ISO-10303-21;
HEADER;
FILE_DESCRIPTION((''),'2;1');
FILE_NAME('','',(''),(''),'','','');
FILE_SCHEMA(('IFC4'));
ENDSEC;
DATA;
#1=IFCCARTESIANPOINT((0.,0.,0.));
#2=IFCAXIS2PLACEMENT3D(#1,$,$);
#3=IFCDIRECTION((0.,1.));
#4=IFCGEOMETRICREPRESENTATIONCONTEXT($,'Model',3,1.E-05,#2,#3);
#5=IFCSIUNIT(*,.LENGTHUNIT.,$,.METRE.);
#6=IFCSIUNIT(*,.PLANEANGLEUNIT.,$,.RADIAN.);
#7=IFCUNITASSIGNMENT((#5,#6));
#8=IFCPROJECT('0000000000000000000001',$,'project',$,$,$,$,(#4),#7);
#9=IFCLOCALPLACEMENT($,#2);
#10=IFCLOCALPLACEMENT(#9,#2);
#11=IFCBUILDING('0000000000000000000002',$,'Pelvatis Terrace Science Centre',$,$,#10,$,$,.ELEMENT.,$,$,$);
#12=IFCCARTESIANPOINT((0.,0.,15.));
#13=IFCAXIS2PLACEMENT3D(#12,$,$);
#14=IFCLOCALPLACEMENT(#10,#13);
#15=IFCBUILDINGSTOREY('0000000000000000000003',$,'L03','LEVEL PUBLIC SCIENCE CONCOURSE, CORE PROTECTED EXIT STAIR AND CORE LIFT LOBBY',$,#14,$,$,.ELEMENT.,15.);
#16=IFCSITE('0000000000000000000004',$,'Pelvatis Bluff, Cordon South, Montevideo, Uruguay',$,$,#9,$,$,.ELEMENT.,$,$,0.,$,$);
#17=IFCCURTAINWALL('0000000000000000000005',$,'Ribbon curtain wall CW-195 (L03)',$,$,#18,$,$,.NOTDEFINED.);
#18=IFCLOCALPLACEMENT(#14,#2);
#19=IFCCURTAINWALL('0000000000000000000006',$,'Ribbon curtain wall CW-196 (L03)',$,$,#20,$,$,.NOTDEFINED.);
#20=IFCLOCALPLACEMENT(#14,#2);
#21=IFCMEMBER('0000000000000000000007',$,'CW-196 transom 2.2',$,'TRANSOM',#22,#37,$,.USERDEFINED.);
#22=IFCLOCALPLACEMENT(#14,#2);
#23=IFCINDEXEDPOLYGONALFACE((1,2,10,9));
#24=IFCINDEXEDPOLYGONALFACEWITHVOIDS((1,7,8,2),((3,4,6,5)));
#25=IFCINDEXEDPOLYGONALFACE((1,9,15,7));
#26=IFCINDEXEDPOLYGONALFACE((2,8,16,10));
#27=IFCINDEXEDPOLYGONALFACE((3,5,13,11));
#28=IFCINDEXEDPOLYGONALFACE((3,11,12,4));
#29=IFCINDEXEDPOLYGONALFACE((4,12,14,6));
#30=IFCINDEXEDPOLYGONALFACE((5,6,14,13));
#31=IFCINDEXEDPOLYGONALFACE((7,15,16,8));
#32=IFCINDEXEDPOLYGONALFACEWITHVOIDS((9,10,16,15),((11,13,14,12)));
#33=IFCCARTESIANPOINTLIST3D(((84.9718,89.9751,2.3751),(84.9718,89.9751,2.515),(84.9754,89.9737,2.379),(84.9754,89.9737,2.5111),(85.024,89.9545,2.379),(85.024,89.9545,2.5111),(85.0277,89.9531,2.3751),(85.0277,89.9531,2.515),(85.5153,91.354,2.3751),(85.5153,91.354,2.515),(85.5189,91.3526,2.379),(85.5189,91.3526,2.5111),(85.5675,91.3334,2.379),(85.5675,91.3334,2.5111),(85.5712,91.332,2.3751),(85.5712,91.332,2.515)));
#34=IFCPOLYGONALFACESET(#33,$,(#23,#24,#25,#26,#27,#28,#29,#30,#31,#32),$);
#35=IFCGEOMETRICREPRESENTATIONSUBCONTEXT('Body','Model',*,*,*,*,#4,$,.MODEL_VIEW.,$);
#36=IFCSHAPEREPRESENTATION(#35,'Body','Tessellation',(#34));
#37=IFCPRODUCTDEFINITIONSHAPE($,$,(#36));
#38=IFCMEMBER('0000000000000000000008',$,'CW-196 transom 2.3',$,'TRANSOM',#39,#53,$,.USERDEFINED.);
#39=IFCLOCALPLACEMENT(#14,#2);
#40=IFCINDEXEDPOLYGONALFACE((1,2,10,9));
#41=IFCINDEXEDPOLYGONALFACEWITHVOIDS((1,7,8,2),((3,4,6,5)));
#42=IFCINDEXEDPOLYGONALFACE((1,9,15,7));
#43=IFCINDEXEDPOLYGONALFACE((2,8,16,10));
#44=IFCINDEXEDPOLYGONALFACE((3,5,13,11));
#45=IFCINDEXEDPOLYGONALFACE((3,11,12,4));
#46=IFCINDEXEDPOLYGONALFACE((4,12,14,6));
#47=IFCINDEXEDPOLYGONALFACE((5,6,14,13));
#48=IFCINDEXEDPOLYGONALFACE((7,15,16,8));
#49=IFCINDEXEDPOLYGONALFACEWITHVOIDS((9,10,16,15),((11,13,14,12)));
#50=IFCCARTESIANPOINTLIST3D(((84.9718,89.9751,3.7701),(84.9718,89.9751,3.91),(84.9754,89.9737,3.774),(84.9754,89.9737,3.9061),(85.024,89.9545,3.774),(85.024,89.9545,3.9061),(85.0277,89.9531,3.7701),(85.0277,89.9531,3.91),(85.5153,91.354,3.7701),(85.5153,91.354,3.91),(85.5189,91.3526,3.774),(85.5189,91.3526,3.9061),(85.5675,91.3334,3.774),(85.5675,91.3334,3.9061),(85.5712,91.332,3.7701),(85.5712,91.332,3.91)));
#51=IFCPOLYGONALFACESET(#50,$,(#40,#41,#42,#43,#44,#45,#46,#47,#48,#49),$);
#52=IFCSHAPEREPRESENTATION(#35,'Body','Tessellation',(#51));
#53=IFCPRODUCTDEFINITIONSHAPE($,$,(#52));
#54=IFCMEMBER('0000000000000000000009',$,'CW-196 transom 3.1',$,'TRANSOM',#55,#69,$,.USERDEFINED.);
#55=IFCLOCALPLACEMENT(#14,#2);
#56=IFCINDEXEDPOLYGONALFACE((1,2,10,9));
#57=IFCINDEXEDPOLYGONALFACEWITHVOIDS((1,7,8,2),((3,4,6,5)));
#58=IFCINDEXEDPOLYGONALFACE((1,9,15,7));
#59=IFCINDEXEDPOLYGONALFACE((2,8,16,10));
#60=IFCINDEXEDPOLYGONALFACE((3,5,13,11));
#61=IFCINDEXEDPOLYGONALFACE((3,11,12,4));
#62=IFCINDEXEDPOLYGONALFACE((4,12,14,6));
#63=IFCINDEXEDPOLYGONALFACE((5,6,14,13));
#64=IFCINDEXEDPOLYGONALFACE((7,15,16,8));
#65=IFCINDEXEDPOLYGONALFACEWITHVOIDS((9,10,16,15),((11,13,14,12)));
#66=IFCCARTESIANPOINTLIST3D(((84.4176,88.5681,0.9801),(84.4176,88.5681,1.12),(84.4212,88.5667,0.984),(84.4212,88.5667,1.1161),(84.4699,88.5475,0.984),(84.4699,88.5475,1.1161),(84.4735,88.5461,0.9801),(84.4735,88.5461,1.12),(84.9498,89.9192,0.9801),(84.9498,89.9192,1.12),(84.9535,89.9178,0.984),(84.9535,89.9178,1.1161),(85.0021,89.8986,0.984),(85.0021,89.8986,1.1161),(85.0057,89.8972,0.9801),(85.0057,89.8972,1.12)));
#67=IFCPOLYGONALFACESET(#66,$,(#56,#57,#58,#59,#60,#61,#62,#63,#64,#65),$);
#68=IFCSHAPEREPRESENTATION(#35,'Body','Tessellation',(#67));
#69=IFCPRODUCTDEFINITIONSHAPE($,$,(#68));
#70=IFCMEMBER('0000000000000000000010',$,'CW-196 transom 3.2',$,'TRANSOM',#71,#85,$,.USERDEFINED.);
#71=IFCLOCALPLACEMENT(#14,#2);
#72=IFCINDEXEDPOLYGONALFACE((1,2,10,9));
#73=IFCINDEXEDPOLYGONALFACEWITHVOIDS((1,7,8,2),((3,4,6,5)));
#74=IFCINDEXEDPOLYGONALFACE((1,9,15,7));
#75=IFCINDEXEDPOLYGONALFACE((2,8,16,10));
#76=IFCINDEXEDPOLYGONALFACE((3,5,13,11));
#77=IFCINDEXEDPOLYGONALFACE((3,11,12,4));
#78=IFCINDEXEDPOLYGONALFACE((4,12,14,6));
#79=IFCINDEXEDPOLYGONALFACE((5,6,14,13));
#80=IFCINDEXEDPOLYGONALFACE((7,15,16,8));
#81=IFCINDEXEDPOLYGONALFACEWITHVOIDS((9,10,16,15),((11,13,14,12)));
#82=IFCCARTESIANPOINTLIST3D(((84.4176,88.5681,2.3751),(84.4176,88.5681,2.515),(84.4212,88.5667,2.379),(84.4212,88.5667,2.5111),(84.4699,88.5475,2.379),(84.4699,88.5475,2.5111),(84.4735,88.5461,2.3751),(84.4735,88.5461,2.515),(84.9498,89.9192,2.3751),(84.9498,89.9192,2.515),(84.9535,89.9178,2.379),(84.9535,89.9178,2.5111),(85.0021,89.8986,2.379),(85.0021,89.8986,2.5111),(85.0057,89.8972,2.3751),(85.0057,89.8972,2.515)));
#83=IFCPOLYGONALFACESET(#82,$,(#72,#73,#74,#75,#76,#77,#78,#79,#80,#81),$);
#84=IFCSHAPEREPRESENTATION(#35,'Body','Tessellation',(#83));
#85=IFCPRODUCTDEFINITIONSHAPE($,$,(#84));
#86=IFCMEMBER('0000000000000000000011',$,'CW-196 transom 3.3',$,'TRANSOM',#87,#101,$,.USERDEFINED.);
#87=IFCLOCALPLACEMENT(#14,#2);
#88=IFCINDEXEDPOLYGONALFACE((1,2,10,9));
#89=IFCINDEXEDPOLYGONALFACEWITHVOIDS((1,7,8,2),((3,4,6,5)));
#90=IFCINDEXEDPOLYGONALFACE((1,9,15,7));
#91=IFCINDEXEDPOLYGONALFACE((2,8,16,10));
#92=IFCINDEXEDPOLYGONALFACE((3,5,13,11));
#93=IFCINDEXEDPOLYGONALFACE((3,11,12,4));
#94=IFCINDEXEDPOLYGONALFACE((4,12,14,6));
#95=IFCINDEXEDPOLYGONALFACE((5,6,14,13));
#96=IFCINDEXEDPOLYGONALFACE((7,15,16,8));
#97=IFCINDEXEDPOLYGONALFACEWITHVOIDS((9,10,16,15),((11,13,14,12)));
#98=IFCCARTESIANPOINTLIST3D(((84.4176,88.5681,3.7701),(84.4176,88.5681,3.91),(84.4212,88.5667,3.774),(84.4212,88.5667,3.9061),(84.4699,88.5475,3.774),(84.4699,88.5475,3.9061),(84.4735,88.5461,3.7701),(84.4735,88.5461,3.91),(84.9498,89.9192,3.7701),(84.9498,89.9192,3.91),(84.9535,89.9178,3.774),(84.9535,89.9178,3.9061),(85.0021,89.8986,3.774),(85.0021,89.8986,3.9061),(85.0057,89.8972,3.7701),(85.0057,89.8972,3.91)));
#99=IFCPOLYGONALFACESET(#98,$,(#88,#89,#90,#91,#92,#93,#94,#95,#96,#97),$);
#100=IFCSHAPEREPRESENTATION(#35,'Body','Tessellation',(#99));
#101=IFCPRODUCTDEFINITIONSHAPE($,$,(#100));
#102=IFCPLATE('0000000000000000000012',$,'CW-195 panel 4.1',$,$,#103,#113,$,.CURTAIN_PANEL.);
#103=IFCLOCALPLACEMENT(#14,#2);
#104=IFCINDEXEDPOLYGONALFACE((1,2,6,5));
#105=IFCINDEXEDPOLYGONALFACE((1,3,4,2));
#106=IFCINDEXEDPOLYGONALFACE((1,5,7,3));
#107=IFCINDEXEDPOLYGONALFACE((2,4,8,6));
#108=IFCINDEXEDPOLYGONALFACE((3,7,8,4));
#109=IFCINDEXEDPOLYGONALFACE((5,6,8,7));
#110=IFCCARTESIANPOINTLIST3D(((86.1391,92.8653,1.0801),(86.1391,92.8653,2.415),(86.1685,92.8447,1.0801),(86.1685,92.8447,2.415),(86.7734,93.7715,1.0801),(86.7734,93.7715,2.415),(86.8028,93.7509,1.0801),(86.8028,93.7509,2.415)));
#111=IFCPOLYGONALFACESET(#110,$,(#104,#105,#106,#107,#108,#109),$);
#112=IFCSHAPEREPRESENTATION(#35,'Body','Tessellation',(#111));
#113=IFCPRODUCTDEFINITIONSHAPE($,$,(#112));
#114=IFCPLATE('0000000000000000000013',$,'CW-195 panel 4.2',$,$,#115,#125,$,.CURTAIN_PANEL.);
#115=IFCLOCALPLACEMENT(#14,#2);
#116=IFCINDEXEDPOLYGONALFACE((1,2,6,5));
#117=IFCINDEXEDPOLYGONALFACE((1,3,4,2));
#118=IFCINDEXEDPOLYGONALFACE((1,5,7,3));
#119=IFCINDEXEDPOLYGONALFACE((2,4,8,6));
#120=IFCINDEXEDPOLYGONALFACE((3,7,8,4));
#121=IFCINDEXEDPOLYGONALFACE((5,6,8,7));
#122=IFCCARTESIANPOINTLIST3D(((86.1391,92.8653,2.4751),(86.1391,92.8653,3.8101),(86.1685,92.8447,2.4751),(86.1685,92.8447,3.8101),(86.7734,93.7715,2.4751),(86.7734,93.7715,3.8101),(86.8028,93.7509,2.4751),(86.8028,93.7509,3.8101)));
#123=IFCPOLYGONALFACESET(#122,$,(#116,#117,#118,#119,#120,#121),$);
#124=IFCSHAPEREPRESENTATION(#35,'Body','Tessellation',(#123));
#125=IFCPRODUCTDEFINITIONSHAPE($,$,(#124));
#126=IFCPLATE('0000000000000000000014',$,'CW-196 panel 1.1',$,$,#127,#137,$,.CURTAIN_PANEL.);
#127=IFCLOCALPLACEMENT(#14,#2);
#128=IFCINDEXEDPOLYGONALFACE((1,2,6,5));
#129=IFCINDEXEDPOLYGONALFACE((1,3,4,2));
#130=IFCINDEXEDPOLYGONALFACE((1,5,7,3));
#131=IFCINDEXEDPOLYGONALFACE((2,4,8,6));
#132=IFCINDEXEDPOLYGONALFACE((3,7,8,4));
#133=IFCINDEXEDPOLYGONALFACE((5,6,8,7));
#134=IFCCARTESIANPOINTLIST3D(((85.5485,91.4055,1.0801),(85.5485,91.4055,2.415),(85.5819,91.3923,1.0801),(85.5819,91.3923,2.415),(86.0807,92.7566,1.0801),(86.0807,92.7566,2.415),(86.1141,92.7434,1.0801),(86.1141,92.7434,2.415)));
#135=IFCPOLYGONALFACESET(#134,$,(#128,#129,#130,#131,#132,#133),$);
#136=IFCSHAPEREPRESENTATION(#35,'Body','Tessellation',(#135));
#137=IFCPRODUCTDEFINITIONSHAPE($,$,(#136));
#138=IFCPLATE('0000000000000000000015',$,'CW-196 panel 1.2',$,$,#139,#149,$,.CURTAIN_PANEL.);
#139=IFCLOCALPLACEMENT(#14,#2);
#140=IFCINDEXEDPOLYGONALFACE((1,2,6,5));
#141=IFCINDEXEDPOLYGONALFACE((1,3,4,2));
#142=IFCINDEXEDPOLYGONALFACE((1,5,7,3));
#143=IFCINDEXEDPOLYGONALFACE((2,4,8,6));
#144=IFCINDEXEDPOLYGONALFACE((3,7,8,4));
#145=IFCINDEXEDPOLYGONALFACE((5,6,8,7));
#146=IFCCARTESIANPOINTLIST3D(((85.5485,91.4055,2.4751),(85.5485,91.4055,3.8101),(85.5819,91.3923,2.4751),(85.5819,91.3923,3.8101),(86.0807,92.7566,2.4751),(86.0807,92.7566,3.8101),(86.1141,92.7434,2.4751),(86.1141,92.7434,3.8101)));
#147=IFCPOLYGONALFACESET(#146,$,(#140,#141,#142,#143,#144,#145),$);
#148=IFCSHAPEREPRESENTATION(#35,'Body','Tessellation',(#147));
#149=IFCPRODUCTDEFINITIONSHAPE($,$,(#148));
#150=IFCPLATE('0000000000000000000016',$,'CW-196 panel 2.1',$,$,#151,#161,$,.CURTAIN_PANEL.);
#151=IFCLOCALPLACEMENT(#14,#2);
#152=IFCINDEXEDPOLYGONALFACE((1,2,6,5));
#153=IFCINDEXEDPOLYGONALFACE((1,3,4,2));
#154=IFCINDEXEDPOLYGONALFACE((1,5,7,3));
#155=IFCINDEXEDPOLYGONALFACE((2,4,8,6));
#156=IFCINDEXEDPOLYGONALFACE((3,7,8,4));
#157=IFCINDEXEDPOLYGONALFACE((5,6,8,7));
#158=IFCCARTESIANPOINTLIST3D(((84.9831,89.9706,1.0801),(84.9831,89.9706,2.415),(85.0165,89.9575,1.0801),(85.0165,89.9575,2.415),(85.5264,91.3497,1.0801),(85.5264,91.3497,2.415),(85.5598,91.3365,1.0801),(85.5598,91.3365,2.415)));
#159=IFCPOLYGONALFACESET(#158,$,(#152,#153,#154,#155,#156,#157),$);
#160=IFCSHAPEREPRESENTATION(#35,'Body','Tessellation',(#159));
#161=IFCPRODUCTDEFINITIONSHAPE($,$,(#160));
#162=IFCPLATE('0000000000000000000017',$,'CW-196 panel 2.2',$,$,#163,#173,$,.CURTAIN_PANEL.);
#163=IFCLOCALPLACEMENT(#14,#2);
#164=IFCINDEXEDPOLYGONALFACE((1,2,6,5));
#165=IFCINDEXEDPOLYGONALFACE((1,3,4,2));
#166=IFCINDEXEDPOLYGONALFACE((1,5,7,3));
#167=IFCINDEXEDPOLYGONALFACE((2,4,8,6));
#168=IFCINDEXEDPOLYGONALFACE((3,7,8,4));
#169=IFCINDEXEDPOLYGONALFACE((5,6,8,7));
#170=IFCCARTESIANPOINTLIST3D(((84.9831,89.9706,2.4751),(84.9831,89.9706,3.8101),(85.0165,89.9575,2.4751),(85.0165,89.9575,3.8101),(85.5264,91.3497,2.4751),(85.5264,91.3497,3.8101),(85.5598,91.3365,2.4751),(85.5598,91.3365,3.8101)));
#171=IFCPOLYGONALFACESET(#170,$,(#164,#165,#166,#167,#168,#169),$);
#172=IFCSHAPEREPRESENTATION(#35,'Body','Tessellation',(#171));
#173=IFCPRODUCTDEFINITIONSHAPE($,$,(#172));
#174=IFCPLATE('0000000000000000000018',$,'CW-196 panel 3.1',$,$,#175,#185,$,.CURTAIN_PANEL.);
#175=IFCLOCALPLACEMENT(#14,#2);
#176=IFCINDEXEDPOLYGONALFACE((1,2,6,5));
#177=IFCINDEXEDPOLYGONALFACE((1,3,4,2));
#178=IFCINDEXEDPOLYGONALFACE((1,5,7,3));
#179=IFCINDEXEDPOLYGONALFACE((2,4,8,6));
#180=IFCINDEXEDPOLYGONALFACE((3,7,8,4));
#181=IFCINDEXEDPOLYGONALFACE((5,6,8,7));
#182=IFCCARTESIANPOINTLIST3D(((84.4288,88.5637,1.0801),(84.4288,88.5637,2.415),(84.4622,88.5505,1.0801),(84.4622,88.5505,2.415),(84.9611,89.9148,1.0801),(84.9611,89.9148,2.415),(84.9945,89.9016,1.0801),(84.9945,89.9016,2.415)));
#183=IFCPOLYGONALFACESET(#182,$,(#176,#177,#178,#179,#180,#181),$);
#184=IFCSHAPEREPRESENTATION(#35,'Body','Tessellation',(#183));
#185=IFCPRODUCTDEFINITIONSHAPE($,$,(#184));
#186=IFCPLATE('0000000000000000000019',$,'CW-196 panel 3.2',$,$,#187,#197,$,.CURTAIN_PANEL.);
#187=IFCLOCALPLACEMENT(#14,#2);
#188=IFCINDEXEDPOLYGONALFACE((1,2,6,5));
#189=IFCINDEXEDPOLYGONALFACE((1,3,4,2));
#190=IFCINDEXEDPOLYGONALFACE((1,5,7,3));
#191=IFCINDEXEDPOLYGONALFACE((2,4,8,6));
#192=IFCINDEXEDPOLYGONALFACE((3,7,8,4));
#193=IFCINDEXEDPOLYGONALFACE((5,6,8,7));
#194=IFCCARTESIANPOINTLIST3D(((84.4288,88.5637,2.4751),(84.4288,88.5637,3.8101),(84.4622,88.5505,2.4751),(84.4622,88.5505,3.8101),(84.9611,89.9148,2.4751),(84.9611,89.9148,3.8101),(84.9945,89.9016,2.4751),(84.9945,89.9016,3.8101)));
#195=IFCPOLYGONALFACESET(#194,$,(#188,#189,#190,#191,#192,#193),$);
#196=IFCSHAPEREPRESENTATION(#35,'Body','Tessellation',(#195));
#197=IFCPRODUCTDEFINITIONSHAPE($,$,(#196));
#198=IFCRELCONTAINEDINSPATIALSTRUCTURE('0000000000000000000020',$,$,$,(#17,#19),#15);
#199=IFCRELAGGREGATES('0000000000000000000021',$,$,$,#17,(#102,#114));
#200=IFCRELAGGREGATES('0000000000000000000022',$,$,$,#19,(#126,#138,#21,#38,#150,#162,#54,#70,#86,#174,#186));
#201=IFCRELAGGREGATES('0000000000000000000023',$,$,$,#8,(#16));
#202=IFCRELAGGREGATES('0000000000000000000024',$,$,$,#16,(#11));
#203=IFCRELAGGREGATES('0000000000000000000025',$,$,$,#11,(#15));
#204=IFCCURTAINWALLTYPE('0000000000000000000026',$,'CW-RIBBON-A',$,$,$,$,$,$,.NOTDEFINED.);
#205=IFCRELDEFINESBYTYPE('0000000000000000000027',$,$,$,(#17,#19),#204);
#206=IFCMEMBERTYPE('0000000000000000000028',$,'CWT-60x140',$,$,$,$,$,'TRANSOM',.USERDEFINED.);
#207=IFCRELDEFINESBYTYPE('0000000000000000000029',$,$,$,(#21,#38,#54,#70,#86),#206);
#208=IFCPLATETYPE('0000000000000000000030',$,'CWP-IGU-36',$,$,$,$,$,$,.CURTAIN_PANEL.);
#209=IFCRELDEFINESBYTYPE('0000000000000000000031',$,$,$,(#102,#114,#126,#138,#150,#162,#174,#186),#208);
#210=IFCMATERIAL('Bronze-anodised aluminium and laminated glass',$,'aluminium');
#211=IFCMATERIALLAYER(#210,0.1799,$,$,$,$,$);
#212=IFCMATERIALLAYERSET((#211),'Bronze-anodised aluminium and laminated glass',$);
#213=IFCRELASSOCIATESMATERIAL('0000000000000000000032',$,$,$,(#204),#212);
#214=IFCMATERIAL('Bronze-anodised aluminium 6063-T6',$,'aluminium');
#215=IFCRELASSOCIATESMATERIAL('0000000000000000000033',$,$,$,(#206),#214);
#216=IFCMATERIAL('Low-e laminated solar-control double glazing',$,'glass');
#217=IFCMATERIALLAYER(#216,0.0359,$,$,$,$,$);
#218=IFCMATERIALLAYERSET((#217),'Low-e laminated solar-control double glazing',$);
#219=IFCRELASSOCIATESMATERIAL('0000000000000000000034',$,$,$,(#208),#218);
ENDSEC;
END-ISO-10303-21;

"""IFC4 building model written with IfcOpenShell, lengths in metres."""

from ifc_helpers import new_model, si_unit, direction, frame, origin, origin_2d, place, context, subcontext, project, spatial, rectangle, hollow_rectangle, extrude, material, layer, layer_set, material_profile, profile_set, type_object, element, aggregate, save


model = new_model("IFC4")

# Units and contexts
model_context = context("Model", 3, precision=1e-05, world=origin(), true_north=direction((0.0, 1.0)))
body_context = subcontext(model_context, "Body", "Model", "MODEL_VIEW")
ifc_project = project(units=[si_unit("LENGTHUNIT", "METRE"), si_unit("PLANEANGLEUNIT", "RADIAN")], contexts=[model_context])

# Site, building, storey
site_placement = place(None, origin())
site = spatial("IfcSite", under=ifc_project, at=site_placement, Name="Pelvatis Bluff, Cordon South, Montevideo, Uruguay", CompositionType="ELEMENT", RefElevation=0.0)
building_placement = place(site_placement, origin())
building = spatial("IfcBuilding", under=site, at=building_placement, Name="Pelvatis Terrace Science Centre", CompositionType="ELEMENT")
storey_placement = place(building_placement, frame((0.0, 0.0, 15.0)))
storey = spatial("IfcBuildingStorey", under=building, at=storey_placement, Name="L03", Description="LEVEL PUBLIC SCIENCE CONCOURSE, CORE PROTECTED EXIT STAIR AND CORE LIFT LOBBY", CompositionType="ELEMENT", Elevation=15.0)

# Curtain wall
ifc_material_1 = material(Name="Bronze-anodised aluminium and laminated glass", Category="aluminium")
ifc_layer_1 = layer(ifc_material_1, 0.1799)
ifc_layer_set_1 = layer_set([ifc_layer_1], Name="Bronze-anodised aluminium and laminated glass")
curtain_wall_type = type_object("IfcCurtainWallType", Name="CW-RIBBON-A", PredefinedType="NOTDEFINED", material=ifc_layer_set_1)
curtain_wall_1_placement = place(storey_placement, origin())
curtain_wall_1 = element("IfcCurtainWall", 1, at=curtain_wall_1_placement, inside=storey, type_object=curtain_wall_type, Name="Ribbon curtain wall CW-195 (L03)", PredefinedType="NOTDEFINED")

# Curtain wall
curtain_wall_2_placement = place(storey_placement, origin())
curtain_wall_2 = element("IfcCurtainWall", 2, at=curtain_wall_2_placement, inside=storey, type_object=curtain_wall_type, Name="Ribbon curtain wall CW-196 (L03)", PredefinedType="NOTDEFINED")

# Members
ifc_material_2 = material(Name="Bronze-anodised aluminium 6063-T6", Category="aluminium")
ifc_material_profile_1 = material_profile(ifc_material_2, hollow_rectangle(XDim=0.0601, YDim=0.1399, WallThickness=0.0039, at=origin_2d()), Name="ALU-TRN 60x140")
ifc_profile_set_1 = profile_set([ifc_material_profile_1], Name="Bronze-anodised aluminium 6063-T6")
member_type_1 = type_object("IfcMemberType", Name="CWT-60x140", ElementType="TRANSOM", PredefinedType="USERDEFINED", material=ifc_profile_set_1)
member_1_placement = place(storey_placement, frame((85.5432, 91.343, 2.4451), z_axis=(-0.366671, -0.930351, 0.0), x_axis=(0.930351, -0.366671, 0.0)))
member_1 = element("IfcMember", 3, at=member_1_placement, type_object=member_type_1, Name="CW-196 transom 2.2", ObjectType="TRANSOM", PredefinedType="USERDEFINED", context=body_context, shape_type="SweptSolid", body=[
    extrude(hollow_rectangle(XDim=0.0601, YDim=0.1399, WallThickness=0.0039, at=origin_2d()), origin(), (0.0, 0.0, 1.0), 1.4822),
])
member_2_placement = place(storey_placement, frame((85.5432, 91.343, 3.8401), z_axis=(-0.366671, -0.930351, 0.0), x_axis=(0.930351, -0.366671, 0.0)))
member_2 = element("IfcMember", 4, at=member_2_placement, type_object=member_type_1, Name="CW-196 transom 2.3", ObjectType="TRANSOM", PredefinedType="USERDEFINED", context=body_context, shape_type="SweptSolid", body=[
    extrude(hollow_rectangle(XDim=0.0601, YDim=0.1399, WallThickness=0.0039, at=origin_2d()), origin(), (0.0, 0.0, 1.0), 1.4822),
])
member_3_placement = place(storey_placement, frame((84.9778, 89.9082, 1.05), z_axis=(-0.366516, -0.930412, 0.0), x_axis=(0.930412, -0.366516, 0.0)))
member_3 = element("IfcMember", 5, at=member_3_placement, type_object=member_type_1, Name="CW-196 transom 3.1", ObjectType="TRANSOM", PredefinedType="USERDEFINED", context=body_context, shape_type="SweptSolid", body=[
    extrude(hollow_rectangle(XDim=0.0601, YDim=0.1399, WallThickness=0.0039, at=origin_2d()), origin(), (0.0, 0.0, 1.0), 1.4521),
])
member_4_placement = place(storey_placement, frame((84.9778, 89.9082, 2.4451), z_axis=(-0.366516, -0.930412, 0.0), x_axis=(0.930412, -0.366516, 0.0)))
member_4 = element("IfcMember", 6, at=member_4_placement, type_object=member_type_1, Name="CW-196 transom 3.2", ObjectType="TRANSOM", PredefinedType="USERDEFINED", context=body_context, shape_type="SweptSolid", body=[
    extrude(hollow_rectangle(XDim=0.0601, YDim=0.1399, WallThickness=0.0039, at=origin_2d()), origin(), (0.0, 0.0, 1.0), 1.4521),
])
member_5_placement = place(storey_placement, frame((84.9778, 89.9082, 3.8401), z_axis=(-0.366516, -0.930412, 0.0), x_axis=(0.930412, -0.366516, 0.0)))
member_5 = element("IfcMember", 7, at=member_5_placement, type_object=member_type_1, Name="CW-196 transom 3.3", ObjectType="TRANSOM", PredefinedType="USERDEFINED", context=body_context, shape_type="SweptSolid", body=[
    extrude(hollow_rectangle(XDim=0.0601, YDim=0.1399, WallThickness=0.0039, at=origin_2d()), origin(), (0.0, 0.0, 1.0), 1.4521),
])

# Plates
ifc_material_3 = material(Name="Low-e laminated solar-control double glazing", Category="glass")
ifc_layer_2 = layer(ifc_material_3, 0.0359)
ifc_layer_set_2 = layer_set([ifc_layer_2], Name="Low-e laminated solar-control double glazing")
plate_type = type_object("IfcPlateType", Name="CWP-IGU-36", PredefinedType="CURTAIN_PANEL", material=ifc_layer_set_2)
plate_1_placement = place(storey_placement, frame((86.4709, 93.3081, 1.0801), z_axis=(0.0, 0.0, 1.0), x_axis=(-0.573468, -0.819228, 0.0)))
plate_1 = element("IfcPlate", 8, at=plate_1_placement, type_object=plate_type, Name="CW-195 panel 4.1", PredefinedType="CURTAIN_PANEL", context=body_context, shape_type="SweptSolid", body=[
    extrude(rectangle(XDim=1.1062, YDim=0.0359, at=origin_2d()), origin(), (0.0, 0.0, 1.0), 1.335),
])
plate_2_placement = place(storey_placement, frame((86.4709, 93.3081, 2.4751), z_axis=(0.0, 0.0, 1.0), x_axis=(-0.573468, -0.819228, 0.0)))
plate_2 = element("IfcPlate", 9, at=plate_2_placement, type_object=plate_type, Name="CW-195 panel 4.2", PredefinedType="CURTAIN_PANEL", context=body_context, shape_type="SweptSolid", body=[
    extrude(rectangle(XDim=1.1062, YDim=0.0359, at=origin_2d()), origin(), (0.0, 0.0, 1.0), 1.335),
])
aggregate(curtain_wall_1, [plate_1, plate_2])
plate_3_placement = place(storey_placement, frame((85.8313, 92.0745, 1.0801), z_axis=(0.0, 0.0, 1.0), x_axis=(-0.366541, -0.930402, 0.0)))
plate_3 = element("IfcPlate", 10, at=plate_3_placement, type_object=plate_type, Name="CW-196 panel 1.1", PredefinedType="CURTAIN_PANEL", context=body_context, shape_type="SweptSolid", body=[
    extrude(rectangle(XDim=1.4521, YDim=0.0359, at=origin_2d()), origin(), (0.0, 0.0, 1.0), 1.335),
])
plate_4_placement = place(storey_placement, frame((85.8313, 92.0745, 2.4751), z_axis=(0.0, 0.0, 1.0), x_axis=(-0.366541, -0.930402, 0.0)))
plate_4 = element("IfcPlate", 11, at=plate_4_placement, type_object=plate_type, Name="CW-196 panel 1.2", PredefinedType="CURTAIN_PANEL", context=body_context, shape_type="SweptSolid", body=[
    extrude(rectangle(XDim=1.4521, YDim=0.0359, at=origin_2d()), origin(), (0.0, 0.0, 1.0), 1.335),
])
plate_5_placement = place(storey_placement, frame((85.2715, 90.6536, 1.0801), z_axis=(0.0, 0.0, 1.0), x_axis=(-0.366541, -0.930402, 0.0)))
plate_5 = element("IfcPlate", 12, at=plate_5_placement, type_object=plate_type, Name="CW-196 panel 2.1", PredefinedType="CURTAIN_PANEL", context=body_context, shape_type="SweptSolid", body=[
    extrude(rectangle(XDim=1.4822, YDim=0.0359, at=origin_2d()), origin(), (0.0, 0.0, 1.0), 1.335),
])
plate_6_placement = place(storey_placement, frame((85.2715, 90.6536, 2.4751), z_axis=(0.0, 0.0, 1.0), x_axis=(-0.366541, -0.930402, 0.0)))
plate_6 = element("IfcPlate", 13, at=plate_6_placement, type_object=plate_type, Name="CW-196 panel 2.2", PredefinedType="CURTAIN_PANEL", context=body_context, shape_type="SweptSolid", body=[
    extrude(rectangle(XDim=1.4822, YDim=0.0359, at=origin_2d()), origin(), (0.0, 0.0, 1.0), 1.335),
])
plate_7_placement = place(storey_placement, frame((84.7117, 89.2327, 1.0801), z_axis=(0.0, 0.0, 1.0), x_axis=(-0.366541, -0.930402, 0.0)))
plate_7 = element("IfcPlate", 14, at=plate_7_placement, type_object=plate_type, Name="CW-196 panel 3.1", PredefinedType="CURTAIN_PANEL", context=body_context, shape_type="SweptSolid", body=[
    extrude(rectangle(XDim=1.4521, YDim=0.0359, at=origin_2d()), origin(), (0.0, 0.0, 1.0), 1.335),
])
plate_8_placement = place(storey_placement, frame((84.7117, 89.2327, 2.4751), z_axis=(0.0, 0.0, 1.0), x_axis=(-0.366541, -0.930402, 0.0)))
plate_8 = element("IfcPlate", 15, at=plate_8_placement, type_object=plate_type, Name="CW-196 panel 3.2", PredefinedType="CURTAIN_PANEL", context=body_context, shape_type="SweptSolid", body=[
    extrude(rectangle(XDim=1.4521, YDim=0.0359, at=origin_2d()), origin(), (0.0, 0.0, 1.0), 1.335),
])
aggregate(curtain_wall_2, [plate_3, plate_4, member_1, member_2, plate_5, plate_6, member_3, member_4, member_5, plate_7, plate_8])

save(model, "model.ifc")
